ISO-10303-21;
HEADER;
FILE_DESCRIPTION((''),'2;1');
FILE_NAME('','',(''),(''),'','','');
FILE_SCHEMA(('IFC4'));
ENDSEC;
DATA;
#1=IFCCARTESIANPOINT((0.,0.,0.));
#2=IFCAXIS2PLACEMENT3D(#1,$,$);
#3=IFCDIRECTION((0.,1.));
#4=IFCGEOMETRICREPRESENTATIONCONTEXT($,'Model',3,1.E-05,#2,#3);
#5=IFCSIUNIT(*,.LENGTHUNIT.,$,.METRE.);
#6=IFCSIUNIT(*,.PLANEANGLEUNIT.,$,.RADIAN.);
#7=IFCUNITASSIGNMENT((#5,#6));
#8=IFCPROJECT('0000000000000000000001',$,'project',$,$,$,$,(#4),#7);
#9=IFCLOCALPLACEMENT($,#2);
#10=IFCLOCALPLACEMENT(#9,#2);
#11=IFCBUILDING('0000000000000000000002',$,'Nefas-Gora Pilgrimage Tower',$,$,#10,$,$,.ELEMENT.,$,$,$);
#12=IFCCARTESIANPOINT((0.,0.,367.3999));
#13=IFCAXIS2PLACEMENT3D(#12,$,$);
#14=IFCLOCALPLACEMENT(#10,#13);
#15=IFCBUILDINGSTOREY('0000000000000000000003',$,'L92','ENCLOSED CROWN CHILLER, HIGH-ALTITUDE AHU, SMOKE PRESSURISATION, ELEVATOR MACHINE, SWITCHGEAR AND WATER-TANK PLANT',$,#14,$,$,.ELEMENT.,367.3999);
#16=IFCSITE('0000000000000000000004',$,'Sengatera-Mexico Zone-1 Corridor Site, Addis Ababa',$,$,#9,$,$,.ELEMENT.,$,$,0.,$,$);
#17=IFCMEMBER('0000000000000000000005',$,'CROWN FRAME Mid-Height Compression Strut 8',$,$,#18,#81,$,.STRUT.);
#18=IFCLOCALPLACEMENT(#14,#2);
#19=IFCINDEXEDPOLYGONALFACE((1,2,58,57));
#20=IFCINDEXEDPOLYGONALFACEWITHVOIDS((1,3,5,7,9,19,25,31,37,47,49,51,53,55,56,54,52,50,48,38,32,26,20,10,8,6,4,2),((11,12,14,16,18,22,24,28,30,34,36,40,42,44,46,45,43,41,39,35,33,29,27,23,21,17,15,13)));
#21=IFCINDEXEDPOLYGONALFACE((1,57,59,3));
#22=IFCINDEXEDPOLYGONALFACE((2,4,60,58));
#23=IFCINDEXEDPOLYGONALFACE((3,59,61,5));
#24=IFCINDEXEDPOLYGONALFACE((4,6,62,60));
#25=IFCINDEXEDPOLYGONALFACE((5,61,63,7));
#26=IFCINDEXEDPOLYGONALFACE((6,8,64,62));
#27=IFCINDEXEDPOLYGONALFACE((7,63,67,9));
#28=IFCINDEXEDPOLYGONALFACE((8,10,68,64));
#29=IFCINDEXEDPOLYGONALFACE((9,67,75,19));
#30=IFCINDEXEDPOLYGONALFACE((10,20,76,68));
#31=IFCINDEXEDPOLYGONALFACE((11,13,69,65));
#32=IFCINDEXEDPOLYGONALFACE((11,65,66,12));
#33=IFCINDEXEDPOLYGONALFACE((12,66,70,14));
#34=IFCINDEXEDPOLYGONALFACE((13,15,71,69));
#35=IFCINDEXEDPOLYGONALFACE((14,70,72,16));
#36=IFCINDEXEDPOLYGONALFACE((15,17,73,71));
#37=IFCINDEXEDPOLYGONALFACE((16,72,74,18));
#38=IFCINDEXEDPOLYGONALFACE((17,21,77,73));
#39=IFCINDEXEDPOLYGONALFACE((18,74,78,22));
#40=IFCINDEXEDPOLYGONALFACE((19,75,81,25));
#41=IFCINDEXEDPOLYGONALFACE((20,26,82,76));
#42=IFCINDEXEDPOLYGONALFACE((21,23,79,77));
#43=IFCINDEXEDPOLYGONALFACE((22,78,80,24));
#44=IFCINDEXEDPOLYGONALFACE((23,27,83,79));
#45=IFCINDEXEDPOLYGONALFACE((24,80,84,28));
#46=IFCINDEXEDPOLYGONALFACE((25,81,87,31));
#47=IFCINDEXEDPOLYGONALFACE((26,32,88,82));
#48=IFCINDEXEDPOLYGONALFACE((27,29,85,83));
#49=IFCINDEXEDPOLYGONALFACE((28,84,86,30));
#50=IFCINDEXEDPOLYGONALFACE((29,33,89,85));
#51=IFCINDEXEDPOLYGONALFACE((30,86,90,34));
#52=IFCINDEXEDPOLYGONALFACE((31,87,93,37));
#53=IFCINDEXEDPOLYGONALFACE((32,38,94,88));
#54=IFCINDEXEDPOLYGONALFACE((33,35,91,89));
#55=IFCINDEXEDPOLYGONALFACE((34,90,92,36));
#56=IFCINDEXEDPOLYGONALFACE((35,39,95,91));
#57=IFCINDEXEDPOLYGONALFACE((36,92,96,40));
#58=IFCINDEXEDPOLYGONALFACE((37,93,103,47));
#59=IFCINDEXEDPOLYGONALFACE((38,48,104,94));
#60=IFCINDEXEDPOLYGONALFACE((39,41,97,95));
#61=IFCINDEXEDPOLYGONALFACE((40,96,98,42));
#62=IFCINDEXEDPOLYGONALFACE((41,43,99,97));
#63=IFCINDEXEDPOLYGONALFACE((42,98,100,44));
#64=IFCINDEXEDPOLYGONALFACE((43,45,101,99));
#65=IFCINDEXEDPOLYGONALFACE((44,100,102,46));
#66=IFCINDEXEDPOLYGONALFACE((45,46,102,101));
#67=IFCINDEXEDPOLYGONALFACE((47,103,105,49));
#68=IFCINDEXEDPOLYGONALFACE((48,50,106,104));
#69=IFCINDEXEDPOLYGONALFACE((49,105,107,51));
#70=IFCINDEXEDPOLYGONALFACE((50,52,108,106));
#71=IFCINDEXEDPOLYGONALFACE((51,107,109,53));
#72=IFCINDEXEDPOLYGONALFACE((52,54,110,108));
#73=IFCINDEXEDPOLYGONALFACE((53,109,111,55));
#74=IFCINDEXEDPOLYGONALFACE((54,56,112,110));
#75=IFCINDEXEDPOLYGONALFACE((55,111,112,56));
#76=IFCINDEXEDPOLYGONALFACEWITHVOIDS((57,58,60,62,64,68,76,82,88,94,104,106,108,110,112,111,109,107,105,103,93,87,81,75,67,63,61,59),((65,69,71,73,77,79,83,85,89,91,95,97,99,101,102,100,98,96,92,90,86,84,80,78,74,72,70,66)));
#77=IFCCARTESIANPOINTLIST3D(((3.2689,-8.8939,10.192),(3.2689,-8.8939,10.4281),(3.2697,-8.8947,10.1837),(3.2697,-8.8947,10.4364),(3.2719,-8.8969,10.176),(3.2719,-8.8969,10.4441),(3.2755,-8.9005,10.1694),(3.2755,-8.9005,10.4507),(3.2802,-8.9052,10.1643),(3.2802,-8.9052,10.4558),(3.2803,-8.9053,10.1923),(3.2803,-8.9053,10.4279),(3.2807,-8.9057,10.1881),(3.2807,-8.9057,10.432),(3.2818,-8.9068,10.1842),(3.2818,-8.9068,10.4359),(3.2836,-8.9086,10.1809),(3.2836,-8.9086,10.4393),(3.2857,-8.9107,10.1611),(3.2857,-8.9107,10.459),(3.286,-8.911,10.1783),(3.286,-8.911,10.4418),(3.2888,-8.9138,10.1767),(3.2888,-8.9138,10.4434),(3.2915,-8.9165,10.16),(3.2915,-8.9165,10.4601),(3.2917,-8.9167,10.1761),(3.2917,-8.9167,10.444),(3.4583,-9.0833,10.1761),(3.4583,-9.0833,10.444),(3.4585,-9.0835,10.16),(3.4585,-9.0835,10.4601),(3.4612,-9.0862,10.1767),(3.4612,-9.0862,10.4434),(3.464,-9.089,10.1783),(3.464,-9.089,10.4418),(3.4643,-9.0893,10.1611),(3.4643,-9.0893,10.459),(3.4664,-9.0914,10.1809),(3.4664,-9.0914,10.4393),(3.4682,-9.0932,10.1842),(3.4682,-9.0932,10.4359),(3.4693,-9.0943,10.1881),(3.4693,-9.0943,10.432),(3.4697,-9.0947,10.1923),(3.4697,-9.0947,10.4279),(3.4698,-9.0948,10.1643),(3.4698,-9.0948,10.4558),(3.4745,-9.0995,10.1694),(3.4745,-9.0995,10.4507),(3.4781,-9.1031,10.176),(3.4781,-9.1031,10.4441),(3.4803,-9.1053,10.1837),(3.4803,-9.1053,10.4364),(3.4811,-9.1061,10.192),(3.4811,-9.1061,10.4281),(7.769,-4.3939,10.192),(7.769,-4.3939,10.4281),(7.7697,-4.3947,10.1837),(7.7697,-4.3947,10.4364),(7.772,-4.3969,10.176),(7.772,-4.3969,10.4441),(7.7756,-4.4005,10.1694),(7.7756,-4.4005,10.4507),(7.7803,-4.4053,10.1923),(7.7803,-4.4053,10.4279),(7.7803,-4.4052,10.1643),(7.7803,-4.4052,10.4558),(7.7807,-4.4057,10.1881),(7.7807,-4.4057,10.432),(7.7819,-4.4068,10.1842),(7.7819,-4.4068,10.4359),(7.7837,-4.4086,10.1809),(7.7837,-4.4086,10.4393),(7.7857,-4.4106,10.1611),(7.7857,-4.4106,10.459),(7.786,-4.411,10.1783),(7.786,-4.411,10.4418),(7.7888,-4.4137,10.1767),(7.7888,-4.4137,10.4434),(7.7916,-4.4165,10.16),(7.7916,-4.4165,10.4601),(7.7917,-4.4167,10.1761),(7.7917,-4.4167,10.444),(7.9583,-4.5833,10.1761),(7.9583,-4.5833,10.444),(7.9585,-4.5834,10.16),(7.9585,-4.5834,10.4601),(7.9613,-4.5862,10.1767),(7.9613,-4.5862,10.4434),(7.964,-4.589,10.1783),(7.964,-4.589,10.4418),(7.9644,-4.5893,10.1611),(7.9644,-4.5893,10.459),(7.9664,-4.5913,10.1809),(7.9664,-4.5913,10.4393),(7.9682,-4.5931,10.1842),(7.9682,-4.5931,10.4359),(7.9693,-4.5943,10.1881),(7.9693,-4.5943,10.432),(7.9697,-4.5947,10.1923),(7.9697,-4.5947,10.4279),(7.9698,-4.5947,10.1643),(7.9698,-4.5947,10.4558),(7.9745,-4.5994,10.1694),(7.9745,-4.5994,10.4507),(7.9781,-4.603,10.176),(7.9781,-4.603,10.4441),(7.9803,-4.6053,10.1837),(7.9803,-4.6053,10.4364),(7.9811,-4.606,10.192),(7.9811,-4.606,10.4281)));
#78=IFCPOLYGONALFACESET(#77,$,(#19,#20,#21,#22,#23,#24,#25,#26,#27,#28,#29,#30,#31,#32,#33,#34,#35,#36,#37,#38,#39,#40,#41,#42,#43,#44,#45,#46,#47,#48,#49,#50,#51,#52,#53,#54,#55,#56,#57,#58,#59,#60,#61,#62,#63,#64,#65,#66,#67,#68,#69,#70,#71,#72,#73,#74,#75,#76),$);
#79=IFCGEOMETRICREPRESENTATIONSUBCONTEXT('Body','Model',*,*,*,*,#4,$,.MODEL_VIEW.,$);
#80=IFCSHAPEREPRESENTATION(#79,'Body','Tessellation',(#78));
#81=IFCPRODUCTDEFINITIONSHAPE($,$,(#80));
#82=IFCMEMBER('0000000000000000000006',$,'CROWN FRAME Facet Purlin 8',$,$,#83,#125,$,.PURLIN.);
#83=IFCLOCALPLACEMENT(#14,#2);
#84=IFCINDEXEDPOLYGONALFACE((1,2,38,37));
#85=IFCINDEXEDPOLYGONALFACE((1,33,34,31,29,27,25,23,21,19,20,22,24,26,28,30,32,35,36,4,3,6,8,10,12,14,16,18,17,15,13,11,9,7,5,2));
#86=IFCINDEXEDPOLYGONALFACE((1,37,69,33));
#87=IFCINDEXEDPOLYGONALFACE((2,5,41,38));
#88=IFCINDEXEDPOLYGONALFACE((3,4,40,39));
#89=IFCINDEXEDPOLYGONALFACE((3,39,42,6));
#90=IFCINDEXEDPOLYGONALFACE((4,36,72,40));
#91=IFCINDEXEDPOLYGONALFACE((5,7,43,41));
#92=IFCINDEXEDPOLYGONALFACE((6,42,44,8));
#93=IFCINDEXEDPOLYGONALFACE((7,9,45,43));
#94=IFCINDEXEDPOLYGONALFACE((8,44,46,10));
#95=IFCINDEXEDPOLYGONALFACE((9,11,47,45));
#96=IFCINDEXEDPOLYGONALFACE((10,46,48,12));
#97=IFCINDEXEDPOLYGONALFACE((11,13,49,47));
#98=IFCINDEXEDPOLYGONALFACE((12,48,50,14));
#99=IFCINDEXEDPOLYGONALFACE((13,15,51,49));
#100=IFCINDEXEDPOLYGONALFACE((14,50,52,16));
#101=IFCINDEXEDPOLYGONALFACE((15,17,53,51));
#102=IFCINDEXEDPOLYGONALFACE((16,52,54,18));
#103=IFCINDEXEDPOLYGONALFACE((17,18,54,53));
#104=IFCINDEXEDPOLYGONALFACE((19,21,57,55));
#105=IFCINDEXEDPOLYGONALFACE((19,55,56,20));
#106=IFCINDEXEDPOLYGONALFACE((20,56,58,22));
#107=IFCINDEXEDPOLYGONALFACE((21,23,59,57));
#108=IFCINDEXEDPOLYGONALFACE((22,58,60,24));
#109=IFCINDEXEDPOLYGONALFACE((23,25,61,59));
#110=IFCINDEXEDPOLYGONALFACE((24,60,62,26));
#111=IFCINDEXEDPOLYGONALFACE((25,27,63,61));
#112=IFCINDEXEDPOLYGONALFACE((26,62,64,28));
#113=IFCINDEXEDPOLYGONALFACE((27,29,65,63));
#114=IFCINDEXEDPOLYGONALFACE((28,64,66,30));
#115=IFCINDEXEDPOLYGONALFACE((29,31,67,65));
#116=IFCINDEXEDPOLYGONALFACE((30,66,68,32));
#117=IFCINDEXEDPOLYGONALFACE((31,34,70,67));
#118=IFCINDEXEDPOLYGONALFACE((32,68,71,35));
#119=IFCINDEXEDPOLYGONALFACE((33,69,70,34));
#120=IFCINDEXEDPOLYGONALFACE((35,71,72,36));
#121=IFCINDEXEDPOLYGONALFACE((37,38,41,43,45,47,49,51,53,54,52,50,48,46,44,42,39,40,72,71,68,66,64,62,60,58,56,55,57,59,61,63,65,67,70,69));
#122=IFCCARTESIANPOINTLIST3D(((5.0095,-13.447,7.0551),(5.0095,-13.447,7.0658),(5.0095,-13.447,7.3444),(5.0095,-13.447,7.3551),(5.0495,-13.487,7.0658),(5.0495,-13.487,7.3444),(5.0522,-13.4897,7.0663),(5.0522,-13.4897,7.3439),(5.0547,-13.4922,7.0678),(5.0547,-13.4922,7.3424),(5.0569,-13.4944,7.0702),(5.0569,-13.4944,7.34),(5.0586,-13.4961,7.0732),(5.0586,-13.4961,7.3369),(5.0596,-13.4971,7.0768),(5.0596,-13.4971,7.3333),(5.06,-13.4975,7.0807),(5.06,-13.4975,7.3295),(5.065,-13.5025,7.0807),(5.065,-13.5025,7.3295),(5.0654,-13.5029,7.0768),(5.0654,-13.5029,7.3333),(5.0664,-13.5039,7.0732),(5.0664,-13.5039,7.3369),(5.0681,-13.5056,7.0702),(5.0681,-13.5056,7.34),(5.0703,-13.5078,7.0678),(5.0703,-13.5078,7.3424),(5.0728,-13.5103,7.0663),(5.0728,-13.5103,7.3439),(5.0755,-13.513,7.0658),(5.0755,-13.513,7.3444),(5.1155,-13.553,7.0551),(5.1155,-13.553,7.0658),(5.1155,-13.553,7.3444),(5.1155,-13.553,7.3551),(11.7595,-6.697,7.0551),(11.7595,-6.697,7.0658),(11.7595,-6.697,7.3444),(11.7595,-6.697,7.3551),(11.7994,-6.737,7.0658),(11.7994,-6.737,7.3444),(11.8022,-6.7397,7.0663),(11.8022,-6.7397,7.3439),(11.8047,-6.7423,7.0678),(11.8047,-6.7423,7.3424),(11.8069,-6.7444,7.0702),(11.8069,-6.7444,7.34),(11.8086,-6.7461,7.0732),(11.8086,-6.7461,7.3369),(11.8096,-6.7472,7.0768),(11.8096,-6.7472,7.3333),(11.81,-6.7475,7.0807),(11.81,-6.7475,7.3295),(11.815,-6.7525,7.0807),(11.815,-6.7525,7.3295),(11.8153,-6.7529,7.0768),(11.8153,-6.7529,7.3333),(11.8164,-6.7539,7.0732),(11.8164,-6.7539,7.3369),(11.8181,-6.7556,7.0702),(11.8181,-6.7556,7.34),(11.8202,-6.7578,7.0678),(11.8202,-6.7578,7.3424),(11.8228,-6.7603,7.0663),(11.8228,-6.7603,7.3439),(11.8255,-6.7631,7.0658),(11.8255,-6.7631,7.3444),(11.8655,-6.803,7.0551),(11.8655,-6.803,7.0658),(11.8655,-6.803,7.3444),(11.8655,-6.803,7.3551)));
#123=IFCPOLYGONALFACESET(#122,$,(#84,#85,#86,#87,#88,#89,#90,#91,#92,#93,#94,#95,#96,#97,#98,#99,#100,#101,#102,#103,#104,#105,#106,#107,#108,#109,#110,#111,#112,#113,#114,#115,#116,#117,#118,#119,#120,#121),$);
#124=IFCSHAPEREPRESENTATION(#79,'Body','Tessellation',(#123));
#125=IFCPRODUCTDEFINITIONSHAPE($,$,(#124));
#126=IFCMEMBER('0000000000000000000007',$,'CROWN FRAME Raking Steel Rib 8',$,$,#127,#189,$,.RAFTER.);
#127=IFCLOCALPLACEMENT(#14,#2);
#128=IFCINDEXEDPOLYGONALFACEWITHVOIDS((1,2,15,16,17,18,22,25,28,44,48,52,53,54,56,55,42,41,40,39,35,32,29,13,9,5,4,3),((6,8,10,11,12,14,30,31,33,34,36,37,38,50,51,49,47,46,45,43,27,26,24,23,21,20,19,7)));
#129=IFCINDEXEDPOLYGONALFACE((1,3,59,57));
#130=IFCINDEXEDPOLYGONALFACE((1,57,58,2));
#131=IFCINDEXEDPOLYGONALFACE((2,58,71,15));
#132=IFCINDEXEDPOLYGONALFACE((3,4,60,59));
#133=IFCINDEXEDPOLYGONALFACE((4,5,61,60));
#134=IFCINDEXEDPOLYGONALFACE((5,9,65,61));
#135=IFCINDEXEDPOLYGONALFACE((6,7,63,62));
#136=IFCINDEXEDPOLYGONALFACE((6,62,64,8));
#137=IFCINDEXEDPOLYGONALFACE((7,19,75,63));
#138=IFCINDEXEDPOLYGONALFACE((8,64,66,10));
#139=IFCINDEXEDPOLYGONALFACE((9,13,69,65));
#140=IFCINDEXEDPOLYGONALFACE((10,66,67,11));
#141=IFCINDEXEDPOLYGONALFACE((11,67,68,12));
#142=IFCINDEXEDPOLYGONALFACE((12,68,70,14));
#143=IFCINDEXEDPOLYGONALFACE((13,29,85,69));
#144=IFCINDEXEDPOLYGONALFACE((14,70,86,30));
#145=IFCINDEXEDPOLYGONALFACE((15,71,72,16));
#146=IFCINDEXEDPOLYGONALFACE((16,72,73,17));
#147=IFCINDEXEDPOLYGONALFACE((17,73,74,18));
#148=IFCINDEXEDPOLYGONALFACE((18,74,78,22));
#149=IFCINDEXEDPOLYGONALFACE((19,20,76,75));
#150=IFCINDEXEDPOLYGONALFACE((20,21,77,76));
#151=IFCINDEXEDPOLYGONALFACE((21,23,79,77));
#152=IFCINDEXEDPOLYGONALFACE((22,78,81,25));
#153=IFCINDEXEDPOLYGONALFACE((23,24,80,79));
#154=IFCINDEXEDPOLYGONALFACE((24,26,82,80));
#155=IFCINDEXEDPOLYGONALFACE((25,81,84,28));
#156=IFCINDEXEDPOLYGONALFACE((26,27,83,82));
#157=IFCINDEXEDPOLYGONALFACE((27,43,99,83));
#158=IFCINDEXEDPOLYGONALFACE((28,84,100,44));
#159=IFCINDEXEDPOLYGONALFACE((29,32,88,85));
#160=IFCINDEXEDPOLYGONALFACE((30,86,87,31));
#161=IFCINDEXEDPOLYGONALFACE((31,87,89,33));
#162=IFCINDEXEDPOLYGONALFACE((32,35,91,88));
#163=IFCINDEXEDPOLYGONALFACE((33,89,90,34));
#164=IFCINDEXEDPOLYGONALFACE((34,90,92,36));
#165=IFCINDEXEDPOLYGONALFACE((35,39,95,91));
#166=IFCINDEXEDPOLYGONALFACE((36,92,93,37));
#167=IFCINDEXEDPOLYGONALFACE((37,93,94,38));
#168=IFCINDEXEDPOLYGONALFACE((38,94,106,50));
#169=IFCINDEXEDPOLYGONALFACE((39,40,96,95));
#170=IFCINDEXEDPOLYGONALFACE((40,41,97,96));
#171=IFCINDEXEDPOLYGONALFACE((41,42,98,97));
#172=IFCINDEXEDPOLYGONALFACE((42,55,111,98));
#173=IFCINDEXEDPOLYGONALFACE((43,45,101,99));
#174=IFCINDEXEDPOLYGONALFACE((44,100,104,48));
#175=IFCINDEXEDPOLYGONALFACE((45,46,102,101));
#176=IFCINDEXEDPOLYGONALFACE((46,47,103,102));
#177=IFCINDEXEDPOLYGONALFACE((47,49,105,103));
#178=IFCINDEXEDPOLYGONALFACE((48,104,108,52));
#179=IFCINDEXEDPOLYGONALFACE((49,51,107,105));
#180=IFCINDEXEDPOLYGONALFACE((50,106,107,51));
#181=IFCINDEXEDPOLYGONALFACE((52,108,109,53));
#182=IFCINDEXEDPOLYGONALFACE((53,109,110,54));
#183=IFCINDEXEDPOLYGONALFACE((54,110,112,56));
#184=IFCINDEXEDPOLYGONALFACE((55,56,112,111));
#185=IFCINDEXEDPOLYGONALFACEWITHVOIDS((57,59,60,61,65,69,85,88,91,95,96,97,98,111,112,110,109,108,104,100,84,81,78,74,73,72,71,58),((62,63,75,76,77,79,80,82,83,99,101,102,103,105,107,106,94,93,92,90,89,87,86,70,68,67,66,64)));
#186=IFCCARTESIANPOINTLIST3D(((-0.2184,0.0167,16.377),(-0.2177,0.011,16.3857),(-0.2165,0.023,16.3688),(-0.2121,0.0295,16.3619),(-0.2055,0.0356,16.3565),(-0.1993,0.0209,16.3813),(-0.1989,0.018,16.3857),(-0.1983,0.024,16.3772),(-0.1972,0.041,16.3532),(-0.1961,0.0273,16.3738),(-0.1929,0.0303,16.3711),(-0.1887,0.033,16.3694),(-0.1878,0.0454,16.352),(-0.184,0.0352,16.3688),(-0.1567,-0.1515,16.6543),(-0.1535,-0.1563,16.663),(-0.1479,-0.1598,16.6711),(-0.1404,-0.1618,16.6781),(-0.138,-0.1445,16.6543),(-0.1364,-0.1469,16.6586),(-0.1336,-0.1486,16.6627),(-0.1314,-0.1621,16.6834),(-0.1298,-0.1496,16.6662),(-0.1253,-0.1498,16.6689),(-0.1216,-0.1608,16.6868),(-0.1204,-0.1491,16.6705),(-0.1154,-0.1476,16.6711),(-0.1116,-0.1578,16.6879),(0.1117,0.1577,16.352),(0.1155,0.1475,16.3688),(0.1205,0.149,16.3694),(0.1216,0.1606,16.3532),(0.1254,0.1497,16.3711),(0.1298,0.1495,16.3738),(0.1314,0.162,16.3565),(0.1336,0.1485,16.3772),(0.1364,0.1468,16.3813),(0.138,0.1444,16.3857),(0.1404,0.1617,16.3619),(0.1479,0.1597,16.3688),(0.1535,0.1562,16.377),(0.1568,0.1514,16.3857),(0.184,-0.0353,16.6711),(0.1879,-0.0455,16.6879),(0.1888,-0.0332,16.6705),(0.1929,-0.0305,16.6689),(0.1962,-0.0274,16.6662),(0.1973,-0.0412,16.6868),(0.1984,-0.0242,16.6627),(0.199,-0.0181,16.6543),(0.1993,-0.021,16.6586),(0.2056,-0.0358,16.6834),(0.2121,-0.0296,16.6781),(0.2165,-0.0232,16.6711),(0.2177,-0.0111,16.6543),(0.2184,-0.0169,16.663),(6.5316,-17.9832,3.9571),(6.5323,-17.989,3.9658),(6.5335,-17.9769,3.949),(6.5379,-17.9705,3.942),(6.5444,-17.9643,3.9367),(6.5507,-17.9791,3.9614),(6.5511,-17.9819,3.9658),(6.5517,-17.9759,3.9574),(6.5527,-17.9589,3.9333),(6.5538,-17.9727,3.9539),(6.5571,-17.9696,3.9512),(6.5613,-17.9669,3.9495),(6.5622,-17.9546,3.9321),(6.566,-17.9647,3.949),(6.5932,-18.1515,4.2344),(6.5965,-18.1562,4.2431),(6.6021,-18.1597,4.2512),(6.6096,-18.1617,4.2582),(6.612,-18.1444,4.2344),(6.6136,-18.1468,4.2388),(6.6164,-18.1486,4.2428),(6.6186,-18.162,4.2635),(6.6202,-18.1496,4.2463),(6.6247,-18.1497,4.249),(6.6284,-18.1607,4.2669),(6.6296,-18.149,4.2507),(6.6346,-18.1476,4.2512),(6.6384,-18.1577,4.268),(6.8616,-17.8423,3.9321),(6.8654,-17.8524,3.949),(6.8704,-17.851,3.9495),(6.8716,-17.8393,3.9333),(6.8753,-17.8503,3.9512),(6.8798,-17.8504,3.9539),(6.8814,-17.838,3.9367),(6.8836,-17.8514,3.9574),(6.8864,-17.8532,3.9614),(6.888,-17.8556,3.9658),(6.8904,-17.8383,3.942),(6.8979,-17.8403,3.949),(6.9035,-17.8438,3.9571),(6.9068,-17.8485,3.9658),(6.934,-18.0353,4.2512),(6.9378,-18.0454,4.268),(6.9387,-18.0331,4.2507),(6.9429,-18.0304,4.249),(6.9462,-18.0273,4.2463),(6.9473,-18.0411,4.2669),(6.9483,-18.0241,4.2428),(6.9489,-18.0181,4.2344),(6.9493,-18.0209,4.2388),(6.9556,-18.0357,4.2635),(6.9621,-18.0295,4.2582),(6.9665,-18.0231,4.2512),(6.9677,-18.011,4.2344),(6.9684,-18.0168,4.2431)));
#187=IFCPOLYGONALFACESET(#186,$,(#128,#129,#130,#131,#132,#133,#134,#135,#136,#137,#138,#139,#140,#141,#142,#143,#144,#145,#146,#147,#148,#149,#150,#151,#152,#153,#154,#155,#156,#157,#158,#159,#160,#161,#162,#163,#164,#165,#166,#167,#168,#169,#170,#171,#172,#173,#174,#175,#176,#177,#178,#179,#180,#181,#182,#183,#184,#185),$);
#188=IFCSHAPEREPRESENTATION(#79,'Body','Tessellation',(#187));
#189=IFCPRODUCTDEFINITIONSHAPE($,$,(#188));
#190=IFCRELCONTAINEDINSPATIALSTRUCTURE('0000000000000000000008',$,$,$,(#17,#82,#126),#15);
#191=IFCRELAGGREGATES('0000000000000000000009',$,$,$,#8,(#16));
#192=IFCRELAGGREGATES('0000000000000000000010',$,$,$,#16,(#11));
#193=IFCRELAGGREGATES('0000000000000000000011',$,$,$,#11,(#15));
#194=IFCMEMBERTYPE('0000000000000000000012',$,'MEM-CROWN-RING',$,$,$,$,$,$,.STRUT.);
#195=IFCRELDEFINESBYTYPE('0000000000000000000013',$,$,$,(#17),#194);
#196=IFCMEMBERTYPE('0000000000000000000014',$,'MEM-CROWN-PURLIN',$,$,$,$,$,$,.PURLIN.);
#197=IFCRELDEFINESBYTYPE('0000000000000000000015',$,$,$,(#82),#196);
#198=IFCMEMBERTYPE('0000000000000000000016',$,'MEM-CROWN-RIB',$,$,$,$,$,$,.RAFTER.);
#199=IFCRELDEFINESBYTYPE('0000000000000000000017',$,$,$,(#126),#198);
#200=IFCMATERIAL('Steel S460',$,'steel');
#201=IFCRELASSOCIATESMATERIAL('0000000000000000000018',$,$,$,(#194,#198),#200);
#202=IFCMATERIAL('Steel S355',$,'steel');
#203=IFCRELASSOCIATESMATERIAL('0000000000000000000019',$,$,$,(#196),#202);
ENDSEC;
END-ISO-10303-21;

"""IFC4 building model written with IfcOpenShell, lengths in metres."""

from ifc_helpers import new_model, si_unit, direction, frame, origin, origin_2d, place, context, subcontext, project, spatial, hollow_rectangle, i_section, extrude, source, transform, mapped, material, material_profile, profile_set, type_object, element, save


model = new_model("IFC4")

# Units and contexts
model_context = context("Model", 3, precision=1e-05, world=origin(), true_north=direction((0.0, 1.0)))
body_context = subcontext(model_context, "Body", "Model", "MODEL_VIEW")
ifc_project = project(units=[si_unit("LENGTHUNIT", "METRE"), si_unit("PLANEANGLEUNIT", "RADIAN")], contexts=[model_context])

# Site, building, storey
site_placement = place(None, origin())
site = spatial("IfcSite", under=ifc_project, at=site_placement, Name="Sengatera-Mexico Zone-1 Corridor Site, Addis Ababa", CompositionType="ELEMENT", RefElevation=0.0)
building_placement = place(site_placement, origin())
building = spatial("IfcBuilding", under=site, at=building_placement, Name="Nefas-Gora Pilgrimage Tower", CompositionType="ELEMENT")
storey_placement = place(building_placement, frame((0.0, 0.0, 367.3999)))
storey = spatial("IfcBuildingStorey", under=building, at=storey_placement, Name="L92", Description="ENCLOSED CROWN CHILLER, HIGH-ALTITUDE AHU, SMOKE PRESSURISATION, ELEVATOR MACHINE, SWITCHGEAR AND WATER-TANK PLANT", CompositionType="ELEMENT", Elevation=367.3999)

# Shared definitions
ifc_material_1 = material(Name="Steel S355", Category="steel")

# Shared definitions
ifc_material_2 = material(Name="Steel S460", Category="steel")

# Members
ifc_material_profile_1 = material_profile(ifc_material_2, hollow_rectangle(XDim=0.3, YDim=0.3, WallThickness=0.0161, InnerFilletRadius=0.0161, OuterFilletRadius=0.032, at=origin_2d()), Name="SHS 300x300x16")
ifc_profile_set_1 = profile_set([ifc_material_profile_1], Name="Steel S460")
member_type_1 = type_object("IfcMemberType", Name="MEM-CROWN-RING", PredefinedType="STRUT", material=ifc_profile_set_1)
shared_shape_1 = source(origin(), body_context, "Body", "SweptSolid", [
    extrude(hollow_rectangle(XDim=0.3, YDim=0.3, WallThickness=0.0161, InnerFilletRadius=0.0161, OuterFilletRadius=0.032, at=origin_2d()), origin(), (0.0, 0.0, 1.0), 6.364),
])
member_1_placement = place(storey_placement, frame((3.375, -9.0, 10.3101), z_axis=(0.707107, 0.707107, 0.0), x_axis=(-0.707107, 0.707107, 0.0)))
element("IfcMember", 1, at=member_1_placement, inside=storey, type_object=member_type_1, Name="CROWN FRAME Mid-Height Compression Strut 8", PredefinedType="STRUT", context=body_context, shape_type="MappedRepresentation", body=[
    mapped(shared_shape_1, transform((0.0, 0.0, 0.0), x_axis=(1.0, 0.0, 0.0), y_axis=(0.0, 1.0, 0.0), z_axis=(0.0, 0.0, 1.0), scale=1.0)),
])
ifc_material_profile_2 = material_profile(ifc_material_1, i_section(OverallWidth=0.1499, OverallDepth=0.3, WebThickness=0.0071, FlangeThickness=0.0107, FilletRadius=0.0149, at=origin_2d()), Name="IPE 300")
ifc_profile_set_2 = profile_set([ifc_material_profile_2], Name="Steel S355")
member_type_2 = type_object("IfcMemberType", Name="MEM-CROWN-PURLIN", PredefinedType="PURLIN", material=ifc_profile_set_2)
shared_shape_2 = source(origin(), body_context, "Body", "SweptSolid", [
    extrude(i_section(OverallWidth=0.1499, OverallDepth=0.3, WebThickness=0.0071, FlangeThickness=0.0107, FilletRadius=0.0149, at=origin_2d()), origin(), (0.0, 0.0, 1.0), 9.5459),
])
member_2_placement = place(storey_placement, frame((5.0625, -13.5, 7.2051), z_axis=(0.707107, 0.707107, 0.0), x_axis=(-0.707107, 0.707107, 0.0)))
element("IfcMember", 2, at=member_2_placement, inside=storey, type_object=member_type_2, Name="CROWN FRAME Facet Purlin 8", PredefinedType="PURLIN", context=body_context, shape_type="MappedRepresentation", body=[
    mapped(shared_shape_2, transform((0.0, 0.0, 0.0), x_axis=(1.0, 0.0, 0.0), y_axis=(0.0, 1.0, 0.0), z_axis=(0.0, 0.0, 1.0), scale=1.0)),
])
ifc_material_profile_3 = material_profile(ifc_material_2, hollow_rectangle(XDim=0.3999, YDim=0.3999, WallThickness=0.02, InnerFilletRadius=0.02, OuterFilletRadius=0.04, at=origin_2d()), Name="SHS 400x400x20")
ifc_profile_set_3 = profile_set([ifc_material_profile_3], Name="Steel S460")
member_type_3 = type_object("IfcMemberType", Name="MEM-CROWN-RIB", PredefinedType="RAFTER", material=ifc_profile_set_3)
shared_shape_3 = source(origin(), body_context, "Body", "SweptSolid", [
    extrude(hollow_rectangle(XDim=0.3999, YDim=0.3999, WallThickness=0.02, InnerFilletRadius=0.02, OuterFilletRadius=0.04, at=origin_2d()), origin(), (0.0, 0.0, 1.0), 22.887),
])
member_3_placement = place(storey_placement, frame((6.75, -18.0, 4.1001), z_axis=(-0.294927, 0.786471, 0.542662), x_axis=(-0.936329, -0.351123, 0.0)))
element("IfcMember", 3, at=member_3_placement, inside=storey, type_object=member_type_3, Name="CROWN FRAME Raking Steel Rib 8", PredefinedType="RAFTER", context=body_context, shape_type="MappedRepresentation", body=[
    mapped(shared_shape_3, transform((0.0, 0.0, 0.0), x_axis=(1.0, 0.0, 0.0), y_axis=(0.0, 1.0, 0.0), z_axis=(0.0, 0.0, 1.0), scale=1.0)),
])

save(model, "model.ifc")
